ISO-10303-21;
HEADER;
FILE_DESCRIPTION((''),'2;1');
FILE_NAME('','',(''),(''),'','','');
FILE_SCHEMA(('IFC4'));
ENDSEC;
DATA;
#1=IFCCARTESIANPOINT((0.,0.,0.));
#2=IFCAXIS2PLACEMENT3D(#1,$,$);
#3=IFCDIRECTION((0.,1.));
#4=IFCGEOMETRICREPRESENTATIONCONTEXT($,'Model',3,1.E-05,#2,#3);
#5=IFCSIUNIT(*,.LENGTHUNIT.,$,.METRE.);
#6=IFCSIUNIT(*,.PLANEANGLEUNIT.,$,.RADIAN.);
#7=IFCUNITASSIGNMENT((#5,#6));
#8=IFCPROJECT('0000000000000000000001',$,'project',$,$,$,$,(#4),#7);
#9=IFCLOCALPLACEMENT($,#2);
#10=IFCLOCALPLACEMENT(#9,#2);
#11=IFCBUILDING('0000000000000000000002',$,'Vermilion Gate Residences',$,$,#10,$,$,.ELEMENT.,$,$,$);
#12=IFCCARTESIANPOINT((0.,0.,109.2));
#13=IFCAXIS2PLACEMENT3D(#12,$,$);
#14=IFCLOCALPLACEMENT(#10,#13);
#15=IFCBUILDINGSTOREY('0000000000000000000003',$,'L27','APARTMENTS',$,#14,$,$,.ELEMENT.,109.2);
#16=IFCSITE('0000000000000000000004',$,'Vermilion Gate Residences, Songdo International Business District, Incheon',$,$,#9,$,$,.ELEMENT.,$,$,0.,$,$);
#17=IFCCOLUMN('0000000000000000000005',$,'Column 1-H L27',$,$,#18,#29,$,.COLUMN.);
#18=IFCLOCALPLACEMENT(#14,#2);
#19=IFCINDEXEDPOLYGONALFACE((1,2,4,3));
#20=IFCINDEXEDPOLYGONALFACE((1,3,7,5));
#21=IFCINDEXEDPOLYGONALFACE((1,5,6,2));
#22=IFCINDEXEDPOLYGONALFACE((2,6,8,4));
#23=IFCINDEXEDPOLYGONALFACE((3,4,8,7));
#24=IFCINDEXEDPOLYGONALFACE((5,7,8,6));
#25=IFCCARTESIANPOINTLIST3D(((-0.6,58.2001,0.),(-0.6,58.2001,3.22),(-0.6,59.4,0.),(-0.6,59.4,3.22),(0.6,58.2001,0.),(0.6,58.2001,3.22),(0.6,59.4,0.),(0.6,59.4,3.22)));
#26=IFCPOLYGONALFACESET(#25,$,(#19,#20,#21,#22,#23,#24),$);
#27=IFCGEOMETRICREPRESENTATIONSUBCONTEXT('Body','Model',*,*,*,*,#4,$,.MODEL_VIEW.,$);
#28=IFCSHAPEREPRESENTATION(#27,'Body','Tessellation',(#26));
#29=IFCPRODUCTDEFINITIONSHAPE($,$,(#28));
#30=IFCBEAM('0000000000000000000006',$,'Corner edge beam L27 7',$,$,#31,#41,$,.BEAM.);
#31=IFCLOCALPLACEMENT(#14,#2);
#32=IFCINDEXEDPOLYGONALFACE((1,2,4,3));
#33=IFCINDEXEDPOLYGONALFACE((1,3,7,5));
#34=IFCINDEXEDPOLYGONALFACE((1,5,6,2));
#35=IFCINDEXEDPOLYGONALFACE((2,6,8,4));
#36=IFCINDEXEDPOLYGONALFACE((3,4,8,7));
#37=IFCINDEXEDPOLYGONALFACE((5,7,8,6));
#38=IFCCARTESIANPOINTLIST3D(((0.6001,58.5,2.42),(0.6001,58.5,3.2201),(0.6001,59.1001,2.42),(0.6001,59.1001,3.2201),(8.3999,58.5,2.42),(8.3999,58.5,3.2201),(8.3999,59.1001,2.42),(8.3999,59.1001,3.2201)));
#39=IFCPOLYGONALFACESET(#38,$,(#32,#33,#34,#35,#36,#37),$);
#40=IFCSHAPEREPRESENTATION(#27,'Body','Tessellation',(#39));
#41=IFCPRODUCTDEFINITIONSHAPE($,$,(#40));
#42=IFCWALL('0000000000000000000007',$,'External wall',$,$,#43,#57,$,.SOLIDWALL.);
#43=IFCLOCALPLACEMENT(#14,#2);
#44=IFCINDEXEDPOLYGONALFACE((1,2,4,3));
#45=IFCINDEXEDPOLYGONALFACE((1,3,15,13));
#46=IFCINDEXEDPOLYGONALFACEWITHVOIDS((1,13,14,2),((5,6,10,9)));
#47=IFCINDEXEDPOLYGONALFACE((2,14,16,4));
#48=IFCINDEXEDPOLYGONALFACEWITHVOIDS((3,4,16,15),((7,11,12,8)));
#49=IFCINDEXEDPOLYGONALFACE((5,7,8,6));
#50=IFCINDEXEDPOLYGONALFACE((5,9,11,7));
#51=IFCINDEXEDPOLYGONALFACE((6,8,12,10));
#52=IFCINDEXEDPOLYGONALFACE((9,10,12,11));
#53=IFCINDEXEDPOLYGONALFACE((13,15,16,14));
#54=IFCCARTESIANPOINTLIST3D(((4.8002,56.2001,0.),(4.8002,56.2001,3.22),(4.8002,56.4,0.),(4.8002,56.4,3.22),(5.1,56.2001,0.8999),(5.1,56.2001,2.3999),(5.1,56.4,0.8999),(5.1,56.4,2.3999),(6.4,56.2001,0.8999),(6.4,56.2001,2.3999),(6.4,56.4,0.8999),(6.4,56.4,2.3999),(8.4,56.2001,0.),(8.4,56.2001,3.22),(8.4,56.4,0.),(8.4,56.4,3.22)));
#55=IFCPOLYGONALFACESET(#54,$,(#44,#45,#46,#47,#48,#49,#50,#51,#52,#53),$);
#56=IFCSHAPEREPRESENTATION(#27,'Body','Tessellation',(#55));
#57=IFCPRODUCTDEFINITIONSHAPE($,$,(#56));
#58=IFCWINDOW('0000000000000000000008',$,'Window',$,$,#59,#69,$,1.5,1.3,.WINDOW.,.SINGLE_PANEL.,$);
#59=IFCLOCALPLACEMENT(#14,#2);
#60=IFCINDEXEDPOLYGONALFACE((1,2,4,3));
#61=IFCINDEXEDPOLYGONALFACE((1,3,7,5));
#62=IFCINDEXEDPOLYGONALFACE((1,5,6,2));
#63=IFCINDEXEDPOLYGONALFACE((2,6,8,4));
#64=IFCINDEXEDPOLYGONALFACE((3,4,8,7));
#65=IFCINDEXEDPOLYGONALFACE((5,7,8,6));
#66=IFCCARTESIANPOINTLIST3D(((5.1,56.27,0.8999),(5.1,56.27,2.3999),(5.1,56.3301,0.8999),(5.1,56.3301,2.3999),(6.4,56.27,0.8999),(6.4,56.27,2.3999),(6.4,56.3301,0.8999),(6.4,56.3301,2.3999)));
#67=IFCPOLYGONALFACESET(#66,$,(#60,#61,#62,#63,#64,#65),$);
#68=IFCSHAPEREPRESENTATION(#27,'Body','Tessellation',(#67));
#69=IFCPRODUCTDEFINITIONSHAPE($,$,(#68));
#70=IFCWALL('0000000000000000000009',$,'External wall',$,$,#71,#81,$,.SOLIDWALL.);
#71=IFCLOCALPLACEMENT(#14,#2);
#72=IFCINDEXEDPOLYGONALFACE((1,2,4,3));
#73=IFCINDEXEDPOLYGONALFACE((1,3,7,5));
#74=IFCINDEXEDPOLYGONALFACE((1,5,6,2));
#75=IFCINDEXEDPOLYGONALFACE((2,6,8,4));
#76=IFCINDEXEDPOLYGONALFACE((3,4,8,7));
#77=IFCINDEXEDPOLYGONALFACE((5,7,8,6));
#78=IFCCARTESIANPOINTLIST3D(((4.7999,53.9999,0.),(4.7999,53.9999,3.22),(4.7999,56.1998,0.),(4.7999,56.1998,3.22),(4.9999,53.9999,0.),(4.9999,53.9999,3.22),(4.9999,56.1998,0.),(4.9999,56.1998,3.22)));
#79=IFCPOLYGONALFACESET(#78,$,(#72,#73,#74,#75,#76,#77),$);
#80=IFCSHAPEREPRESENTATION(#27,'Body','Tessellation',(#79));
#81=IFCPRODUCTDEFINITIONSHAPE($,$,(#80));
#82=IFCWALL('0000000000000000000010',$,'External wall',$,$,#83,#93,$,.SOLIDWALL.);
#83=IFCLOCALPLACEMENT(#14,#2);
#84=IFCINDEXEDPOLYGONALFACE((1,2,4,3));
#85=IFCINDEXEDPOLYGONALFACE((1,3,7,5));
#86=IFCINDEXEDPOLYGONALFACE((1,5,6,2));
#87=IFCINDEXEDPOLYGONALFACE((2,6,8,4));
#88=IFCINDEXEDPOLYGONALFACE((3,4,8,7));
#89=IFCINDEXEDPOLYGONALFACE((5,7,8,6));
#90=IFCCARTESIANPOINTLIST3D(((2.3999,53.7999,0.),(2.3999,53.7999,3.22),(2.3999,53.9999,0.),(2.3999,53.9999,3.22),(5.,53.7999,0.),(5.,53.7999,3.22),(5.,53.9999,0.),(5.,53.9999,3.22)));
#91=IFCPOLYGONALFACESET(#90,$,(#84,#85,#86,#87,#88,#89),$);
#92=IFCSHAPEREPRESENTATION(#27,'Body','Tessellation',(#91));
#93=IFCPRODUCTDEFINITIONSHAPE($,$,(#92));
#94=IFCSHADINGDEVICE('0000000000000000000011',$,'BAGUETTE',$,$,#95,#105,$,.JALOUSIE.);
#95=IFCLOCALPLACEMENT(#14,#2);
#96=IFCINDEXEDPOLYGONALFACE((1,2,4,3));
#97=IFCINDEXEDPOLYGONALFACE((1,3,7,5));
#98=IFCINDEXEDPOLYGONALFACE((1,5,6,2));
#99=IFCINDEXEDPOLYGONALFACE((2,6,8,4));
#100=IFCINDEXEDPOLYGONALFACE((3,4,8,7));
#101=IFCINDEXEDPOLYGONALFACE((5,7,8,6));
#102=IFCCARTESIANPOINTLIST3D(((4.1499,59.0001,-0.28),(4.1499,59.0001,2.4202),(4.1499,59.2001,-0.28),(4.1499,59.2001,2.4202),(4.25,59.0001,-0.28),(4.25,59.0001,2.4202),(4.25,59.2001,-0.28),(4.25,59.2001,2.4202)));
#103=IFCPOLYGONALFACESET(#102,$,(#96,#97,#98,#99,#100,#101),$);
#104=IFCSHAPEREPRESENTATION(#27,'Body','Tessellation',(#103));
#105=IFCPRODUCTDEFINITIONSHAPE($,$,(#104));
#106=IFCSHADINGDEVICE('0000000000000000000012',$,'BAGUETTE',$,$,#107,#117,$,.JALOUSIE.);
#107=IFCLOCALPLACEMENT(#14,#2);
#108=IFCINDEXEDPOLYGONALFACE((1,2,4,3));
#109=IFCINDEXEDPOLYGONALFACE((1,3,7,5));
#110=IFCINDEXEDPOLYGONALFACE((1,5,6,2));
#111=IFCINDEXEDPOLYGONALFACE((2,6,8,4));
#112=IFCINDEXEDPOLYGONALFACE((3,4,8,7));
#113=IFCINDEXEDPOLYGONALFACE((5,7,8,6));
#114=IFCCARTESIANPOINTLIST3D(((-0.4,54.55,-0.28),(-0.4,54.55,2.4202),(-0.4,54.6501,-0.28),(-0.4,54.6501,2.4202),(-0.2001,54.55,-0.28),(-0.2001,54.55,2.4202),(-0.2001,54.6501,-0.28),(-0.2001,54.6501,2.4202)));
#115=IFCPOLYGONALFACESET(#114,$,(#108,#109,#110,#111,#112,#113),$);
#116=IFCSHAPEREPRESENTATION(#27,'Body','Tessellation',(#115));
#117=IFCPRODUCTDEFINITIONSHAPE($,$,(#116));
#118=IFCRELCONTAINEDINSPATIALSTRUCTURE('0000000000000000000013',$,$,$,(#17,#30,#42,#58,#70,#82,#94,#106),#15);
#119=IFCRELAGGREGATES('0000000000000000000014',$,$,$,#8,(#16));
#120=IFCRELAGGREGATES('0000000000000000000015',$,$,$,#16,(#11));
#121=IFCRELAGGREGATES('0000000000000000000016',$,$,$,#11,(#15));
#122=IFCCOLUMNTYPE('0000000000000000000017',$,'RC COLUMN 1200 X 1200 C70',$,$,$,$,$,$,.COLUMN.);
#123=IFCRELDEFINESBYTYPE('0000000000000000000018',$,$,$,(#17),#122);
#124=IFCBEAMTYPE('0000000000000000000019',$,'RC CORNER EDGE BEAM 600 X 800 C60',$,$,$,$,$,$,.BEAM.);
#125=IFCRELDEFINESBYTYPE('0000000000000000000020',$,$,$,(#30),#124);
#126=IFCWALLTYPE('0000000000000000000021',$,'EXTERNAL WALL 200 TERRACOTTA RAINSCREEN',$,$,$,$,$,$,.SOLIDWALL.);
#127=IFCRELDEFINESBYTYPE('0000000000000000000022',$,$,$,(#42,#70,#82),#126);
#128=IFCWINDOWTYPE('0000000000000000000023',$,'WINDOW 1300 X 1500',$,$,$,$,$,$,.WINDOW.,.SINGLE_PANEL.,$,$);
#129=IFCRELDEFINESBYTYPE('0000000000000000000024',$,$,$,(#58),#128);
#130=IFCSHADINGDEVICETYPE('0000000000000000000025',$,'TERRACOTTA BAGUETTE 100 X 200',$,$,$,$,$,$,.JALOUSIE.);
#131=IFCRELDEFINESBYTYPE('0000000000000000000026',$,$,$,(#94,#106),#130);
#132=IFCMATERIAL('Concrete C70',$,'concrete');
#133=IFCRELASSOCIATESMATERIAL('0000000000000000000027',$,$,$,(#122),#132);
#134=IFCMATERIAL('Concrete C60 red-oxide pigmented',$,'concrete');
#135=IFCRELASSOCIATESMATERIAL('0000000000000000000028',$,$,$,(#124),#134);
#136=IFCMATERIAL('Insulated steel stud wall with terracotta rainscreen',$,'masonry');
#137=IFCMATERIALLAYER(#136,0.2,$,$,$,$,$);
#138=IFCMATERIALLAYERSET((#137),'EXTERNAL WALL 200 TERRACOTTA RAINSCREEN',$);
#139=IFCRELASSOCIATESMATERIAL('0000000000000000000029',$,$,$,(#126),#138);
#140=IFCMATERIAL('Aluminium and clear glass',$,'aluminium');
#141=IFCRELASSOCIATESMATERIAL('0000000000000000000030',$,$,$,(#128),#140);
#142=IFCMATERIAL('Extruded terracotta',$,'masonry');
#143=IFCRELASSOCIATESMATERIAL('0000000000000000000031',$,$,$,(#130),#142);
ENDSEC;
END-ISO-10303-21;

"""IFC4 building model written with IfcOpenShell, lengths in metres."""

from ifc_helpers import new_model, si_unit, direction, frame, frame_2d, origin, origin_2d, place, context, subcontext, project, spatial, rectangle, extrude, material, layer, layer_set, material_profile, profile_set, type_object, element, fill, save


model = new_model("IFC4")

# Units and contexts
model_context = context("Model", 3, precision=1e-05, world=origin(), true_north=direction((0.0, 1.0)))
body_context = subcontext(model_context, "Body", "Model", "MODEL_VIEW")
ifc_project = project(units=[si_unit("LENGTHUNIT", "METRE"), si_unit("PLANEANGLEUNIT", "RADIAN")], contexts=[model_context])

# Site, building, storey
site_placement = place(None, origin())
site = spatial("IfcSite", under=ifc_project, at=site_placement, Name="Vermilion Gate Residences, Songdo International Business District, Incheon", CompositionType="ELEMENT", RefElevation=0.0)
building_placement = place(site_placement, origin())
building = spatial("IfcBuilding", under=site, at=building_placement, Name="Vermilion Gate Residences", CompositionType="ELEMENT")
storey_placement = place(building_placement, frame((0.0, 0.0, 109.2)))
storey = spatial("IfcBuildingStorey", under=building, at=storey_placement, Name="L27", Description="APARTMENTS", CompositionType="ELEMENT", Elevation=109.2)

# Column
ifc_material_1 = material(Name="Concrete C70", Category="concrete")
ifc_material_profile_1 = material_profile(ifc_material_1, rectangle(XDim=1.2, YDim=1.2, at=origin_2d()), Name="RC-1200x1200")
ifc_profile_set_1 = profile_set([ifc_material_profile_1], Name="Concrete C70")
column_type = type_object("IfcColumnType", Name="RC COLUMN 1200 X 1200 C70", PredefinedType="COLUMN", material=ifc_profile_set_1)
column_placement = place(storey_placement, frame((0.0, 58.8, 0.0), z_axis=(0.0, 0.0, 1.0), x_axis=(1.0, 0.0, 0.0)))
element("IfcColumn", 1, at=column_placement, inside=storey, type_object=column_type, Name="Column 1-H L27", PredefinedType="COLUMN", context=body_context, shape_type="SweptSolid", body=[
    extrude(rectangle(XDim=1.2, YDim=1.2, at=origin_2d()), origin(), (0.0, 0.0, 1.0), 3.22),
])

# Beam
ifc_material_2 = material(Name="Concrete C60 red-oxide pigmented", Category="concrete")
ifc_material_profile_2 = material_profile(ifc_material_2, rectangle(XDim=0.6001, YDim=0.8, at=origin_2d()), Name="RC-600x800")
ifc_profile_set_2 = profile_set([ifc_material_profile_2], Name="Concrete C60 red-oxide pigmented")
beam_type = type_object("IfcBeamType", Name="RC CORNER EDGE BEAM 600 X 800 C60", PredefinedType="BEAM", material=ifc_profile_set_2)
beam_placement = place(storey_placement, frame((0.6001, 58.8, 2.8201), z_axis=(1.0, 0.0, 0.0), x_axis=(0.0, 1.0, 0.0)))
element("IfcBeam", 2, at=beam_placement, inside=storey, type_object=beam_type, Name="Corner edge beam L27 7", PredefinedType="BEAM", context=body_context, shape_type="SweptSolid", body=[
    extrude(rectangle(XDim=0.6001, YDim=0.8, at=origin_2d()), origin(), (0.0, 0.0, 1.0), 7.7998),
])

# Wall, opening, window
ifc_material_3 = material(Name="Insulated steel stud wall with terracotta rainscreen", Category="masonry")
ifc_layer = layer(ifc_material_3, 0.2)
ifc_layer_set = layer_set([ifc_layer], Name="EXTERNAL WALL 200 TERRACOTTA RAINSCREEN")
wall_type = type_object("IfcWallType", Name="EXTERNAL WALL 200 TERRACOTTA RAINSCREEN", PredefinedType="SOLIDWALL", material=ifc_layer_set)
wall_1_placement = place(storey_placement, frame((8.3999, 56.3, 0.0), z_axis=(0.0, 0.0, 1.0), x_axis=(-1.0, 0.0, 0.0)))
wall_1 = element("IfcWall", 3, at=wall_1_placement, inside=storey, type_object=wall_type, Name="External wall", PredefinedType="SOLIDWALL", context=body_context, shape_type="SweptSolid", body=[
    extrude(rectangle(XDim=3.5999, YDim=0.2, at=frame_2d((1.7998, 0.0))), origin(), (0.0, 0.0, 1.0), 3.22),
])
opening_1_placement = place(wall_1_placement, frame((2.0, 0.0, 0.8999)))
opening_1 = element("IfcOpeningElement", 4, at=opening_1_placement, cuts=wall_1, PredefinedType="OPENING", context=body_context, shape_type="SweptSolid", body=[
    extrude(rectangle(XDim=1.3, YDim=1.5, at=frame_2d((0.6499, 0.75))), frame((0.0, 0.1099, 0.0), z_axis=(0.0, -1.0, 0.0), x_axis=(1.0, 0.0, 0.0)), (0.0, 0.0, 1.0), 0.22),
])
ifc_material_4 = material(Name="Aluminium and clear glass", Category="aluminium")
window_type_1 = type_object("IfcWindowType", Name="WINDOW 1300 X 1500", PartitioningType="SINGLE_PANEL", PredefinedType="WINDOW", material=ifc_material_4)
window_1_placement = place(opening_1_placement, origin())
window_1 = element("IfcWindow", 5, at=window_1_placement, inside=storey, type_object=window_type_1, Name="Window", OverallHeight=1.5, OverallWidth=1.3, PartitioningType="SINGLE_PANEL", PredefinedType="WINDOW", context=body_context, shape_type="SweptSolid", body=[
    extrude(rectangle(XDim=1.3, YDim=1.5, at=frame_2d((0.6499, 0.75))), frame((0.0, 0.03, 0.0), z_axis=(0.0, -1.0, 0.0), x_axis=(1.0, 0.0, 0.0)), (0.0, 0.0, 1.0), 0.0601),
])
fill(opening_1, window_1)

# Walls
wall_2_placement = place(storey_placement, frame((4.8999, 56.2, 0.0), z_axis=(0.0, 0.0, 1.0), x_axis=(0.0, -1.0, 0.0)))
element("IfcWall", 6, at=wall_2_placement, inside=storey, type_object=wall_type, Name="External wall", PredefinedType="SOLIDWALL", context=body_context, shape_type="SweptSolid", body=[
    extrude(rectangle(XDim=2.2, YDim=0.2, at=frame_2d((1.1001, 0.0))), origin(), (0.0, 0.0, 1.0), 3.22),
])
wall_3_placement = place(storey_placement, frame((5.0, 53.8999, 0.0), z_axis=(0.0, 0.0, 1.0), x_axis=(-1.0, 0.0, 0.0)))
element("IfcWall", 7, at=wall_3_placement, inside=storey, type_object=wall_type, Name="External wall", PredefinedType="SOLIDWALL", context=body_context, shape_type="SweptSolid", body=[
    extrude(rectangle(XDim=2.6001, YDim=0.2, at=frame_2d((1.3, 0.0))), origin(), (0.0, 0.0, 1.0), 3.22),
])

# Shading devices
ifc_material_5 = material(Name="Extruded terracotta", Category="masonry")
ifc_material_profile_3 = material_profile(ifc_material_5, rectangle(XDim=0.2, YDim=0.1001, at=origin_2d()), Name="BAGUETTE 100 X 200")
ifc_profile_set_3 = profile_set([ifc_material_profile_3], Name="Extruded terracotta")
shading_device_type = type_object("IfcShadingDeviceType", Name="TERRACOTTA BAGUETTE 100 X 200", PredefinedType="JALOUSIE", material=ifc_profile_set_3)
for number, where, z_axis, x_axis, name in (
    (8, (4.2, 59.1001, -0.28), (0.0, 0.0, 1.0), (0.0, -1.0, 0.0), "BAGUETTE"),
    (9, (-0.3, 54.6001, -0.28), (0.0, 0.0, 1.0), (1.0, 0.0, 0.0), "BAGUETTE"),
):
    element("IfcShadingDevice", number, at=place(storey_placement, frame(where, z_axis=z_axis, x_axis=x_axis)), inside=storey, type_object=shading_device_type, Name=name, PredefinedType="JALOUSIE", context=body_context, shape_type="SweptSolid", body=[
        extrude(rectangle(XDim=0.2, YDim=0.1001, at=origin_2d()), origin(), (0.0, 0.0, 1.0), 2.7002),
    ])

save(model, "model.ifc")
